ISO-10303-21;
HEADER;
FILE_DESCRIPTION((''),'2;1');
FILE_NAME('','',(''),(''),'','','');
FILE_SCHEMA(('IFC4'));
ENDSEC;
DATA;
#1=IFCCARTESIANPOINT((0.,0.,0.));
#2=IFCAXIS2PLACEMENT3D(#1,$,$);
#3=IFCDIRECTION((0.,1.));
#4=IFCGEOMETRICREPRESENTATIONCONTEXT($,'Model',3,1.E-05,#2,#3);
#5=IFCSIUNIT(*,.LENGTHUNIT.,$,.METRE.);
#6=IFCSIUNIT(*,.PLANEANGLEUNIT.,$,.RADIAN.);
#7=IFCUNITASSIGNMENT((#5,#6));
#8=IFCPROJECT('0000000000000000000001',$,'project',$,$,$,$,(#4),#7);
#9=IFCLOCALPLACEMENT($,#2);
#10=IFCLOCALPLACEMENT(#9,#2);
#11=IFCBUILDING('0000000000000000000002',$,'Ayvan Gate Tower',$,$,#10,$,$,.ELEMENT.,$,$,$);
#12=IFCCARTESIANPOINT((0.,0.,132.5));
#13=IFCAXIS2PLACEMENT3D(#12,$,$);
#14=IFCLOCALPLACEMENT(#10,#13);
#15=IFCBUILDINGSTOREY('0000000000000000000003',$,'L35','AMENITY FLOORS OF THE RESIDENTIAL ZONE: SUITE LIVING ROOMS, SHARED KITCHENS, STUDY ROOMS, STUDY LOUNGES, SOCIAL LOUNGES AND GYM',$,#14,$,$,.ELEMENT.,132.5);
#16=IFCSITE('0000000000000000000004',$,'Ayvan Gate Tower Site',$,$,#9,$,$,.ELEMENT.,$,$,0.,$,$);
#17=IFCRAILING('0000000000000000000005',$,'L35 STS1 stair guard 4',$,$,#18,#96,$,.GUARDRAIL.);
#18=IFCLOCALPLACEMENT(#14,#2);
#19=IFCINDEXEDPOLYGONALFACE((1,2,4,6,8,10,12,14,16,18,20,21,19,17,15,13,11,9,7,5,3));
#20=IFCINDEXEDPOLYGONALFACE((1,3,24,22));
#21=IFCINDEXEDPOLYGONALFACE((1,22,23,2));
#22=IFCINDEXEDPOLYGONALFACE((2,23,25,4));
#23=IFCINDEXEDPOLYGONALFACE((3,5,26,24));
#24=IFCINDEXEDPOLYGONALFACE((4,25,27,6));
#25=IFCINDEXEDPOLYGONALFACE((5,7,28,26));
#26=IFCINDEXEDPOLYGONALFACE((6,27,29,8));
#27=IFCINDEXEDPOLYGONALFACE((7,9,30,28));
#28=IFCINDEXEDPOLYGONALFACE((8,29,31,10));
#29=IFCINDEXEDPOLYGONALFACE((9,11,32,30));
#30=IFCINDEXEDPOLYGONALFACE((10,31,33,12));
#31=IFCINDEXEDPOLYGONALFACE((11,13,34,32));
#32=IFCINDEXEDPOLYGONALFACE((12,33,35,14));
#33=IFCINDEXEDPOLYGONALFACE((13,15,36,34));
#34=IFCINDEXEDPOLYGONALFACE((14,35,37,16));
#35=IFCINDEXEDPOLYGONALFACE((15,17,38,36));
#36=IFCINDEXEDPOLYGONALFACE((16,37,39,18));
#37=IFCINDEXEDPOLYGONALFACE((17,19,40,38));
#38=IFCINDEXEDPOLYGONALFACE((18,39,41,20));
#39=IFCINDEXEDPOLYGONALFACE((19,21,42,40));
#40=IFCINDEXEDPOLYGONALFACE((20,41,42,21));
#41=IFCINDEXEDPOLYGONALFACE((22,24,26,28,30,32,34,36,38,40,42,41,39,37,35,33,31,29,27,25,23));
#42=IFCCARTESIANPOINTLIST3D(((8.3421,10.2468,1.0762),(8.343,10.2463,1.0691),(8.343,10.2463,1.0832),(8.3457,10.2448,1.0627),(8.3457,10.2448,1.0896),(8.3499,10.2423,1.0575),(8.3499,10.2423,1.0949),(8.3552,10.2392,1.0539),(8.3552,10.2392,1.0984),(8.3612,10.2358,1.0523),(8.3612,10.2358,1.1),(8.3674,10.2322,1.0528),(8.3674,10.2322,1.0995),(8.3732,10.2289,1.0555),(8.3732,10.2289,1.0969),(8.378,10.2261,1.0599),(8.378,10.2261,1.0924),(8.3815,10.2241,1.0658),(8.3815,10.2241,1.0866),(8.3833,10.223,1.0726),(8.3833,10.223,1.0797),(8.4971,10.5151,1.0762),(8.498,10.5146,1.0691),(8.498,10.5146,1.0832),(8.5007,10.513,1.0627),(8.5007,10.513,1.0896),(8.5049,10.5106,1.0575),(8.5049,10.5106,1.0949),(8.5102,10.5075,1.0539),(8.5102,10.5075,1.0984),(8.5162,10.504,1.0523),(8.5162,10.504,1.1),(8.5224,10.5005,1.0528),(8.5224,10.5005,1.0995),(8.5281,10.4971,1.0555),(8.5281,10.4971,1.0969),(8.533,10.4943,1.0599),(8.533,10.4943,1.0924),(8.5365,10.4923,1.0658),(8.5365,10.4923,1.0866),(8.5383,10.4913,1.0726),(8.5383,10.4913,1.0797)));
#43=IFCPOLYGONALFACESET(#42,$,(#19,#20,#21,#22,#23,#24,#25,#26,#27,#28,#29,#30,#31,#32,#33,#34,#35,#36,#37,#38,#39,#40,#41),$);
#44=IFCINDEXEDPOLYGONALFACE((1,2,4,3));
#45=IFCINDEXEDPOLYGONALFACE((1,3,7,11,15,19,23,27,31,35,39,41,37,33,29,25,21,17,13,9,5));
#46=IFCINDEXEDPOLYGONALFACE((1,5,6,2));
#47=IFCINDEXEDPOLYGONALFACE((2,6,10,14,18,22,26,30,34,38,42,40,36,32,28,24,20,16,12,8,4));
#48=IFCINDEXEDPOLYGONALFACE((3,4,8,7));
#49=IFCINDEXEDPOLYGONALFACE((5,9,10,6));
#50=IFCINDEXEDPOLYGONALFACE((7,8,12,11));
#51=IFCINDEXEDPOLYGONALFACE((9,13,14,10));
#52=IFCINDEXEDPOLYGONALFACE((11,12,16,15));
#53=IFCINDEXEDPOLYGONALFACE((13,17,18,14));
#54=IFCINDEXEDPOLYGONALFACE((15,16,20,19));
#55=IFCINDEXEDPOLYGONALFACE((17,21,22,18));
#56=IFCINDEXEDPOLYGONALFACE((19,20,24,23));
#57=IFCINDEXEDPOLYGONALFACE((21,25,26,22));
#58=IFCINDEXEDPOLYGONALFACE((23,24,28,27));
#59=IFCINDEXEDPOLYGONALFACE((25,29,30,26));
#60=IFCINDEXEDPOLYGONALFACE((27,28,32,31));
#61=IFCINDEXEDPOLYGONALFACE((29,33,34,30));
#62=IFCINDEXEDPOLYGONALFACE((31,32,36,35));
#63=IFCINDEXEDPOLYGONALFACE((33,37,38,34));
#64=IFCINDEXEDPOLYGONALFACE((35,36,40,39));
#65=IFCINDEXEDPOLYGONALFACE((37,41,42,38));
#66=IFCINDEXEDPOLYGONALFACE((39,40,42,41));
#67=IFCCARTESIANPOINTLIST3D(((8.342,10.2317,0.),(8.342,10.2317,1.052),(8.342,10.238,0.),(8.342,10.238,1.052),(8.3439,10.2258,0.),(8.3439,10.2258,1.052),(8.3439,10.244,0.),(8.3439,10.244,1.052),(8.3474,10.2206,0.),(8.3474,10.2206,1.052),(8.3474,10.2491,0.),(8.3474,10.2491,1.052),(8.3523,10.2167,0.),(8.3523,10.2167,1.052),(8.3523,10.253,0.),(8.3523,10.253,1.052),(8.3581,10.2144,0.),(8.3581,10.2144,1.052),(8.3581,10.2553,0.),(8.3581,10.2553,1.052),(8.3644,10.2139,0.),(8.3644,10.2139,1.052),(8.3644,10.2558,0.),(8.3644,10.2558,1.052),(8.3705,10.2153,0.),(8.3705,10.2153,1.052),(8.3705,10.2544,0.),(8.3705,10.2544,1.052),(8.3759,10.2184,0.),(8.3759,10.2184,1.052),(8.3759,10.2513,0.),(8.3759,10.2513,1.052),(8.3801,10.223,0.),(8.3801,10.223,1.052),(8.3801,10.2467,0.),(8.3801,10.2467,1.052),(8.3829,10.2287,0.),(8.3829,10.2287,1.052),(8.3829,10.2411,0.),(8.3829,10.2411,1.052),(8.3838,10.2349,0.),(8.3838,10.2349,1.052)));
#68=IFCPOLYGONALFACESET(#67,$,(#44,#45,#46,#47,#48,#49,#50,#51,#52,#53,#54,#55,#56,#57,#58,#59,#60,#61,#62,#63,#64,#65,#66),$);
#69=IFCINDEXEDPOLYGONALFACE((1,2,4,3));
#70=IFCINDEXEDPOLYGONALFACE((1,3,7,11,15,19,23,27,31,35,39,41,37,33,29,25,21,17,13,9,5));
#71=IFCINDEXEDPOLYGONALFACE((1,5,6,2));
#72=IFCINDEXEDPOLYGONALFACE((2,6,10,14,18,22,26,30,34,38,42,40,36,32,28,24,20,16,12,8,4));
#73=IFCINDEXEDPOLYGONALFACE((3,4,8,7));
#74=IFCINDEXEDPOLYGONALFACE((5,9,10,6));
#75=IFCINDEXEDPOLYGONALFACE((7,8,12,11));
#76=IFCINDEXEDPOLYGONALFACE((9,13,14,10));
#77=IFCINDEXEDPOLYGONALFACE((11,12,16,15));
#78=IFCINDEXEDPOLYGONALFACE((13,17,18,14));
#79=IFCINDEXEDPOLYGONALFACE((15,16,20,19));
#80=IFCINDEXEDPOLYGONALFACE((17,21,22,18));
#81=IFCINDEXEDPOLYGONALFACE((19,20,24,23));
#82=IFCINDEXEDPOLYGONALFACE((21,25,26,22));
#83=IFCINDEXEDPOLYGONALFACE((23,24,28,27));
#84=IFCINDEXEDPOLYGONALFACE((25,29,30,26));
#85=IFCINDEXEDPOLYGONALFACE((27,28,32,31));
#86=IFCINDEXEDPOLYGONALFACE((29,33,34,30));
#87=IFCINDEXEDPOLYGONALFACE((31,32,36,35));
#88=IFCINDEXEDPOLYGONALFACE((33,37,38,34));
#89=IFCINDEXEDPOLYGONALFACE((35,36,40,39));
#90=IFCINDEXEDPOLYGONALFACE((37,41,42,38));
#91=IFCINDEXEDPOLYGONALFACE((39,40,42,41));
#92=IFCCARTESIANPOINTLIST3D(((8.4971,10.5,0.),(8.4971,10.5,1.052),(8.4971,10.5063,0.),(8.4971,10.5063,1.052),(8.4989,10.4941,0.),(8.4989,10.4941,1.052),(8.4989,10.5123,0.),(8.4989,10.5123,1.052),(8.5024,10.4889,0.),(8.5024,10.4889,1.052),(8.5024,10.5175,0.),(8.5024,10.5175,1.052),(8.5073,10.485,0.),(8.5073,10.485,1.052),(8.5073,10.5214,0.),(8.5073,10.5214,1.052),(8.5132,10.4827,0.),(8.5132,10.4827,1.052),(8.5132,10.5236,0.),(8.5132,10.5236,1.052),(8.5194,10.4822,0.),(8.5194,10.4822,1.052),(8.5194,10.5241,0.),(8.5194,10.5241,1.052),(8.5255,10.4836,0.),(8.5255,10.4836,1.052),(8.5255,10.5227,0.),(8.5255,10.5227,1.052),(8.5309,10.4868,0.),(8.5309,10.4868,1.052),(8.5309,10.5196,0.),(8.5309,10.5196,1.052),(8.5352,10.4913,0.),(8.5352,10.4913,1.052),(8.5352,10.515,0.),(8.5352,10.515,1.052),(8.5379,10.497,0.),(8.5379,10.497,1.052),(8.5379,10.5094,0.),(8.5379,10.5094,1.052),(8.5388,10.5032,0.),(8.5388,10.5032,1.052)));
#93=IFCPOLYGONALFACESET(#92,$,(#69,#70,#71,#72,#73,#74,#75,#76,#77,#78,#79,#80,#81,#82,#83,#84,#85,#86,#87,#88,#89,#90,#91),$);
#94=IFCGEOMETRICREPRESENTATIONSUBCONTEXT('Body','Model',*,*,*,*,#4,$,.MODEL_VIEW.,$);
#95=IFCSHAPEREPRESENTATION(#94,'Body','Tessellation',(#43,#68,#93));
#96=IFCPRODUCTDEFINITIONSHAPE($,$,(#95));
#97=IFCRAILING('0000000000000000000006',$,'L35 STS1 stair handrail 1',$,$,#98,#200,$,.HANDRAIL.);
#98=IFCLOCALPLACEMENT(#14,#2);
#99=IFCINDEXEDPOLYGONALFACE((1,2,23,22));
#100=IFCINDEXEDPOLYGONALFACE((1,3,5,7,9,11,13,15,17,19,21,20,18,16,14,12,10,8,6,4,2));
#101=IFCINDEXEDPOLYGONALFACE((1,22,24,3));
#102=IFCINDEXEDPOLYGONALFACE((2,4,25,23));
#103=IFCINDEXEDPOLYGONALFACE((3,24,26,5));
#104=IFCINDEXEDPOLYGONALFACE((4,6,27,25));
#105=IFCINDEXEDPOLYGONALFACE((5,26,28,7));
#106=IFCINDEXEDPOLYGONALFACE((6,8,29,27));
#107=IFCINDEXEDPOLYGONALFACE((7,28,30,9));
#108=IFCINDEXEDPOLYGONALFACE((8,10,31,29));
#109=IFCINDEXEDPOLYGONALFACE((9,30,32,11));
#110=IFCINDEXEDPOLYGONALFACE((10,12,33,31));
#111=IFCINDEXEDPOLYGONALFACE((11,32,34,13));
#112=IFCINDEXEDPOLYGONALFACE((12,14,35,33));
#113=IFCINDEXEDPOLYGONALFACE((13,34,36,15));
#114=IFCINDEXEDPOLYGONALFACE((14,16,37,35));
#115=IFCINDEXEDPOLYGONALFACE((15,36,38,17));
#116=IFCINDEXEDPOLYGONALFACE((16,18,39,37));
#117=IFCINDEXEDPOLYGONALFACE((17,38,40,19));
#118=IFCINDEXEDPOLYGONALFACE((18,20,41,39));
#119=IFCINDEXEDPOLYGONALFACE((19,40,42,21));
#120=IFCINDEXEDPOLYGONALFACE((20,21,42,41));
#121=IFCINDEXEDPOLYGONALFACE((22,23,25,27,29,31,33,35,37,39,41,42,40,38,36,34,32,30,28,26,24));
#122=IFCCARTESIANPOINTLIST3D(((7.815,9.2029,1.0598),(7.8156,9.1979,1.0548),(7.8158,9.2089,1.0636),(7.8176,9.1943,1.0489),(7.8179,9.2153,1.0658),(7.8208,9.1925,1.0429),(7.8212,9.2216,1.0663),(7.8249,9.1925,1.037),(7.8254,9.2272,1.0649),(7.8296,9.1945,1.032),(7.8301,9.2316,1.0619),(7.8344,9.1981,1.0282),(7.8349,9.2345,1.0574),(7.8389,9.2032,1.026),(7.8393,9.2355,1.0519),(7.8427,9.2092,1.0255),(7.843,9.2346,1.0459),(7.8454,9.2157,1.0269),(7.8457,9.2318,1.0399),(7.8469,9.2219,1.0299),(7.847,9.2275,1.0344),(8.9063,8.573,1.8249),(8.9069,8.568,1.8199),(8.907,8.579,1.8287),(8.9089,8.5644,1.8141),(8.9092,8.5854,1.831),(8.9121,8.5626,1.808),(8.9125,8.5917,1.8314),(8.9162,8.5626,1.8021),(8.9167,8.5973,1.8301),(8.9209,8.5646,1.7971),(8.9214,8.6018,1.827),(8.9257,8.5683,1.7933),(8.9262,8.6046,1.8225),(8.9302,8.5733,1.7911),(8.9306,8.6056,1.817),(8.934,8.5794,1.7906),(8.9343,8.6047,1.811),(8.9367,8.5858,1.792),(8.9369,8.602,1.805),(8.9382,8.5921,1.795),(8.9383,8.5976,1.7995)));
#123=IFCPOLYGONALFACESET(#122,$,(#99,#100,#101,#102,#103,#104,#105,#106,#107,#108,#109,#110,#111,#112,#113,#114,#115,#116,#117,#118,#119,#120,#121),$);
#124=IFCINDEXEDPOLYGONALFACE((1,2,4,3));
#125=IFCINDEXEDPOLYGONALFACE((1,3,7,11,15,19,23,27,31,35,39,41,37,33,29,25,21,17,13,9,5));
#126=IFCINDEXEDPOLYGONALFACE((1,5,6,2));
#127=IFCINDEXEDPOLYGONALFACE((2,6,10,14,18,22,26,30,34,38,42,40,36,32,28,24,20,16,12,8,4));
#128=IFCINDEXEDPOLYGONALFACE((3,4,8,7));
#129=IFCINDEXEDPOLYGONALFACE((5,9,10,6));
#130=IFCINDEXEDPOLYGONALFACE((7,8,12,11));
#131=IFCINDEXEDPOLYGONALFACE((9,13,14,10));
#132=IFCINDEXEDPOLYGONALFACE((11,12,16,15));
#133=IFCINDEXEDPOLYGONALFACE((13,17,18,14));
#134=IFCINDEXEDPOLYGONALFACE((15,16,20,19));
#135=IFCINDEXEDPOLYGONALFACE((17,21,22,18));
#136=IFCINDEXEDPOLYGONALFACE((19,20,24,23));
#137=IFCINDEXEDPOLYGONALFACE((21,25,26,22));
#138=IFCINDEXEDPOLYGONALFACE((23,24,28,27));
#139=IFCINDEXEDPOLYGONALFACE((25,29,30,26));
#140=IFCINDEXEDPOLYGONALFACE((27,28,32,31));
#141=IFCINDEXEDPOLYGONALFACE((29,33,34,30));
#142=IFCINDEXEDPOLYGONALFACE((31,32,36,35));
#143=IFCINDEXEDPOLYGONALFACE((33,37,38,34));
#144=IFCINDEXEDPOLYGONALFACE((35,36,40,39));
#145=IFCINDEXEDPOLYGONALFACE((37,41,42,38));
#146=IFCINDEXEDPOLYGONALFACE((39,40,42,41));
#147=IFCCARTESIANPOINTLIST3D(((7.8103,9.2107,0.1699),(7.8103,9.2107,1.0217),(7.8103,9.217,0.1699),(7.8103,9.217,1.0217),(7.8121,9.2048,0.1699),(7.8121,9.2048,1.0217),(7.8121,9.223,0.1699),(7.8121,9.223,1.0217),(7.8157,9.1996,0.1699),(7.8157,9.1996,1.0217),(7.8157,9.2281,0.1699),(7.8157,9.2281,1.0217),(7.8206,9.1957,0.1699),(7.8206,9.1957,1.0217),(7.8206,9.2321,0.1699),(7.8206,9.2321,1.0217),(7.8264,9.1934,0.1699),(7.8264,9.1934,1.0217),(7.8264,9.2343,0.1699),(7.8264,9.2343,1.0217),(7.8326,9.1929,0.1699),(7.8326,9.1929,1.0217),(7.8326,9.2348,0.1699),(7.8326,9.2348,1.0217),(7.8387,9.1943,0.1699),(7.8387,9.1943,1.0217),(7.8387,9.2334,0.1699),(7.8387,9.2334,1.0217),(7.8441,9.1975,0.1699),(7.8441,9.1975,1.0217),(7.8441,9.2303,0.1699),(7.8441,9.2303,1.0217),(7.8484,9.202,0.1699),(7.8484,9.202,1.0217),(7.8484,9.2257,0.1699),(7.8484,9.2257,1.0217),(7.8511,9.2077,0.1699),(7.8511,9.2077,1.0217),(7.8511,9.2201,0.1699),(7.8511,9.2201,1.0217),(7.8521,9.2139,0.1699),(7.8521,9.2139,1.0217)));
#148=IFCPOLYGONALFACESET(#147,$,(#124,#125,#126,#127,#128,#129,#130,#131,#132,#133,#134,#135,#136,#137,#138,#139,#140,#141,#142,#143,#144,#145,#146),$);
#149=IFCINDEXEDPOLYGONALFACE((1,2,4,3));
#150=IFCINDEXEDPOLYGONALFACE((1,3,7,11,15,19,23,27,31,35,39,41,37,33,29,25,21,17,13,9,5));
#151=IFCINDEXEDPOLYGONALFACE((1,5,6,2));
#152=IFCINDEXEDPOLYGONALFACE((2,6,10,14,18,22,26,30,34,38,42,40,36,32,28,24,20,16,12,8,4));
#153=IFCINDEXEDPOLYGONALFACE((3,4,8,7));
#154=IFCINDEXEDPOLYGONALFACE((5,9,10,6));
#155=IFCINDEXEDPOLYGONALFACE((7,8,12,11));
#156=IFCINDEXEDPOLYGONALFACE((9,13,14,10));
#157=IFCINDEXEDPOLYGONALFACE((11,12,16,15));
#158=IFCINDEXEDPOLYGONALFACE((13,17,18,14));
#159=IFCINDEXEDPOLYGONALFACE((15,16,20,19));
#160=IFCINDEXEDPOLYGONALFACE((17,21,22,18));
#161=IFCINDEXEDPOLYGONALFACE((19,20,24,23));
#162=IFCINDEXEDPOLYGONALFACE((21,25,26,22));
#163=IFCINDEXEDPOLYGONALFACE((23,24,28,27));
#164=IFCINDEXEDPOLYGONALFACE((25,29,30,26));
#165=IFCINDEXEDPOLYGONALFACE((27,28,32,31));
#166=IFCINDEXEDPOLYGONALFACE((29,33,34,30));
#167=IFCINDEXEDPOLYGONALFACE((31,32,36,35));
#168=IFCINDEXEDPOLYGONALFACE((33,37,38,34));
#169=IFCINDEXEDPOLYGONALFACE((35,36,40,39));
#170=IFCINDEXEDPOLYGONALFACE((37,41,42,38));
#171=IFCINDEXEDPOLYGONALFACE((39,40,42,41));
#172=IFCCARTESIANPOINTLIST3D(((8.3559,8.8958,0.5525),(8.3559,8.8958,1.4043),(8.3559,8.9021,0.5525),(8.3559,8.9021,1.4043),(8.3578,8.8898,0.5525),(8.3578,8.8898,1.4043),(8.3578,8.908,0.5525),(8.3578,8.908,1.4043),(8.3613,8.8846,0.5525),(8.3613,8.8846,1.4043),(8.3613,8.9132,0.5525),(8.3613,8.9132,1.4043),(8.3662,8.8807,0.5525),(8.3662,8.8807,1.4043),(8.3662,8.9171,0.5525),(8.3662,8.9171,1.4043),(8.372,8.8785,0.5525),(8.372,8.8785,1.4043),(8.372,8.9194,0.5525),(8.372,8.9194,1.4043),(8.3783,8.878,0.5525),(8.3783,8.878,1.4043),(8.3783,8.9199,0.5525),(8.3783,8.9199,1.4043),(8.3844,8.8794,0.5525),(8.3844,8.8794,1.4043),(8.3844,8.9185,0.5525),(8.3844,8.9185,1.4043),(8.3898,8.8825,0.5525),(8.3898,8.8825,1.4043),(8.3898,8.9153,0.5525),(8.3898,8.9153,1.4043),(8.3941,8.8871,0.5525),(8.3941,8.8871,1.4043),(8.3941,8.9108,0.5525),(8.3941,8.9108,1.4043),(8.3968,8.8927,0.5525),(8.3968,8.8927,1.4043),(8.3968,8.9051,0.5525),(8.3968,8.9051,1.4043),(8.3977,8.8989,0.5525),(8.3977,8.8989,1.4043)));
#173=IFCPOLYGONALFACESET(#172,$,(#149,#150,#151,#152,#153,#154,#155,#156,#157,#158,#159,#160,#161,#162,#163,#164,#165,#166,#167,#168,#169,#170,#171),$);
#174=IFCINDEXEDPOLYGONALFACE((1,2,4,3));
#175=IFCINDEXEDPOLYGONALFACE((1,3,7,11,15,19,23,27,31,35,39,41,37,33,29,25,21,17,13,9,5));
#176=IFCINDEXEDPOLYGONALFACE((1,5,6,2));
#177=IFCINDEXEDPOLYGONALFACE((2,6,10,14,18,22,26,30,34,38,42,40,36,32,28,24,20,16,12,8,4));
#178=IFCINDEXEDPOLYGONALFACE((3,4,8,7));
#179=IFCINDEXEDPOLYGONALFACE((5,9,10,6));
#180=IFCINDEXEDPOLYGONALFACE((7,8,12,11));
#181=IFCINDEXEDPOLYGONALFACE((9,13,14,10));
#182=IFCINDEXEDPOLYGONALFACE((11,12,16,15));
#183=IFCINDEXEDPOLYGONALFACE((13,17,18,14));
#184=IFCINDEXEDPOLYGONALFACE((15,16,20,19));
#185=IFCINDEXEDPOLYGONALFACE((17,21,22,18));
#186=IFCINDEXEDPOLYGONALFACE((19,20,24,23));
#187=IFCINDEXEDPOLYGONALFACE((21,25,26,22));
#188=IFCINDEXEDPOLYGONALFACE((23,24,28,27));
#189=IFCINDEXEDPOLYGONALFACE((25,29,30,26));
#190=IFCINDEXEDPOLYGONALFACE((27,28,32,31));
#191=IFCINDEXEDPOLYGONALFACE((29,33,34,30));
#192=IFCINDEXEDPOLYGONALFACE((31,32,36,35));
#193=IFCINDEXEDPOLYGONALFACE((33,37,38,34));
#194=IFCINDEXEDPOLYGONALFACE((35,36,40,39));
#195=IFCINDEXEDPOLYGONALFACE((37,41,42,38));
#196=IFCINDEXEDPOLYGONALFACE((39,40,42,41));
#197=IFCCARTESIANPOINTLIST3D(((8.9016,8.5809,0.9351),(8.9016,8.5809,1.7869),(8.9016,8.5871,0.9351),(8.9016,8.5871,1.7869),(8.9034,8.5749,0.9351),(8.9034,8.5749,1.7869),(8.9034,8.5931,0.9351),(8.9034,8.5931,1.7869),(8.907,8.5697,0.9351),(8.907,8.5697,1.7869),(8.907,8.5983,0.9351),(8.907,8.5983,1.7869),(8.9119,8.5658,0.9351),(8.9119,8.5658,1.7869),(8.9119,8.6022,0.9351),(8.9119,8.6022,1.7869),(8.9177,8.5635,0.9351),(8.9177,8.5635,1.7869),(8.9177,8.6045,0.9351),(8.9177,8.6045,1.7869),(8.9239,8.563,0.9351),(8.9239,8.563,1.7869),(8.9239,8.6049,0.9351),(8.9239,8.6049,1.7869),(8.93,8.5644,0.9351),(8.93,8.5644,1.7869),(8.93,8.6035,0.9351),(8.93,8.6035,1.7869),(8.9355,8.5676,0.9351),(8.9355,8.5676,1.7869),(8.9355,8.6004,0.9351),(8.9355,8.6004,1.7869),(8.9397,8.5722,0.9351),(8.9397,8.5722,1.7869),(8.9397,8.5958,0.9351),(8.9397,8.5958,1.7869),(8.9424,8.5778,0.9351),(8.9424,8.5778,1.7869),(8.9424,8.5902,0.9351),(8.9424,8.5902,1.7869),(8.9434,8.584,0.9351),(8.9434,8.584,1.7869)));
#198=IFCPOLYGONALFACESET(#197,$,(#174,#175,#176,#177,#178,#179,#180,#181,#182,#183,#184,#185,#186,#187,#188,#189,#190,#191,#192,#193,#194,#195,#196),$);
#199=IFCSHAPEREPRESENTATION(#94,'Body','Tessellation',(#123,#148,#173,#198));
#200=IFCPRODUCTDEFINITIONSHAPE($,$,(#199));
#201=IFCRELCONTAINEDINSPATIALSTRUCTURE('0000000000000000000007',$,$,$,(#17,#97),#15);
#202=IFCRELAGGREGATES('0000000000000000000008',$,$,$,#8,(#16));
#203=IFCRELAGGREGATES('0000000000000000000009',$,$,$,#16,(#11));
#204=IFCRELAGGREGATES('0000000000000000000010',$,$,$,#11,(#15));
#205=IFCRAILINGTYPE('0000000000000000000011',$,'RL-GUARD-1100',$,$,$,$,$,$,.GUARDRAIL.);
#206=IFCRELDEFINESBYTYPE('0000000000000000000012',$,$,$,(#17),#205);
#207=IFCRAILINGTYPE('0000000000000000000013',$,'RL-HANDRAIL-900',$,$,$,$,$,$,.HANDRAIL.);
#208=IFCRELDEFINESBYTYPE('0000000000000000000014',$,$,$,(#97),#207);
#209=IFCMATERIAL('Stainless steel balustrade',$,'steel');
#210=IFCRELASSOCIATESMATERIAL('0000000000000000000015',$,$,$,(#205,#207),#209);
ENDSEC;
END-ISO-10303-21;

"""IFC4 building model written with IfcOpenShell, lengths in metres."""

from ifc_helpers import new_model, si_unit, direction, frame, origin, origin_2d, place, context, subcontext, project, spatial, circle, extrude, material, type_object, element, save


model = new_model("IFC4")

# Units and contexts
model_context = context("Model", 3, precision=1e-05, world=origin(), true_north=direction((0.0, 1.0)))
body_context = subcontext(model_context, "Body", "Model", "MODEL_VIEW")
ifc_project = project(units=[si_unit("LENGTHUNIT", "METRE"), si_unit("PLANEANGLEUNIT", "RADIAN")], contexts=[model_context])

# Site, building, storey
site_placement = place(None, origin())
site = spatial("IfcSite", under=ifc_project, at=site_placement, Name="Ayvan Gate Tower Site", CompositionType="ELEMENT", RefElevation=0.0)
building_placement = place(site_placement, origin())
building = spatial("IfcBuilding", under=site, at=building_placement, Name="Ayvan Gate Tower", CompositionType="ELEMENT")
storey_placement = place(building_placement, frame((0.0, 0.0, 132.5)))
storey = spatial("IfcBuildingStorey", under=building, at=storey_placement, Name="L35", Description="AMENITY FLOORS OF THE RESIDENTIAL ZONE: SUITE LIVING ROOMS, SHARED KITCHENS, STUDY ROOMS, STUDY LOUNGES, SOCIAL LOUNGES AND GYM", CompositionType="ELEMENT", Elevation=132.5)

# Railings
ifc_material_1 = material(Name="Stainless steel balustrade", Category="steel")
railing_type_1 = type_object("IfcRailingType", Name="RL-GUARD-1100", PredefinedType="GUARDRAIL", material=ifc_material_1)
railing_1_placement = place(storey_placement, frame((8.3628, 10.2349, 0.0)))
element("IfcRailing", 1, at=railing_1_placement, inside=storey, type_object=railing_type_1, Name="L35 STS1 stair guard 4", PredefinedType="GUARDRAIL", context=body_context, shape_type="SweptSolid", body=[
    extrude(circle(Radius=0.0239, at=origin_2d()), frame((0.0, 0.0, 1.0762), z_axis=(0.500291, 0.865857, 0.0), x_axis=(-0.865857, 0.500291, 0.0)), (0.0, 0.0, 1.0), 0.3098),
    extrude(circle(Radius=0.021, at=origin_2d()), origin(), (0.0, 0.0, 1.0), 1.052),
    extrude(circle(Radius=0.021, at=origin_2d()), frame((0.155, 0.2683, 0.0)), (0.0, 0.0, 1.0), 1.052),
])
railing_type_2 = type_object("IfcRailingType", Name="RL-HANDRAIL-900", PredefinedType="HANDRAIL", material=ifc_material_1)
railing_2_placement = place(storey_placement, frame((7.8311, 9.2139, 0.1699)))
element("IfcRailing", 2, at=railing_2_placement, inside=storey, type_object=railing_type_2, Name="L35 STS1 stair handrail 1", PredefinedType="HANDRAIL", context=body_context, shape_type="SweptSolid", body=[
    extrude(circle(Radius=0.0239, at=origin_2d()), frame((0.0, 0.0, 0.876), z_axis=(0.740293, -0.427283, 0.519033), x_axis=(0.49989, 0.866089, 0.0)), (0.0, 0.0, 1.0), 1.4741),
    extrude(circle(Radius=0.021, at=origin_2d()), origin(), (0.0, 0.0, 1.0), 0.8518),
    extrude(circle(Radius=0.021, at=origin_2d()), frame((0.5457, -0.3149, 0.3826)), (0.0, 0.0, 1.0), 0.8518),
    extrude(circle(Radius=0.021, at=origin_2d()), frame((1.0913, -0.6299, 0.7651)), (0.0, 0.0, 1.0), 0.8518),
])

save(model, "model.ifc")
